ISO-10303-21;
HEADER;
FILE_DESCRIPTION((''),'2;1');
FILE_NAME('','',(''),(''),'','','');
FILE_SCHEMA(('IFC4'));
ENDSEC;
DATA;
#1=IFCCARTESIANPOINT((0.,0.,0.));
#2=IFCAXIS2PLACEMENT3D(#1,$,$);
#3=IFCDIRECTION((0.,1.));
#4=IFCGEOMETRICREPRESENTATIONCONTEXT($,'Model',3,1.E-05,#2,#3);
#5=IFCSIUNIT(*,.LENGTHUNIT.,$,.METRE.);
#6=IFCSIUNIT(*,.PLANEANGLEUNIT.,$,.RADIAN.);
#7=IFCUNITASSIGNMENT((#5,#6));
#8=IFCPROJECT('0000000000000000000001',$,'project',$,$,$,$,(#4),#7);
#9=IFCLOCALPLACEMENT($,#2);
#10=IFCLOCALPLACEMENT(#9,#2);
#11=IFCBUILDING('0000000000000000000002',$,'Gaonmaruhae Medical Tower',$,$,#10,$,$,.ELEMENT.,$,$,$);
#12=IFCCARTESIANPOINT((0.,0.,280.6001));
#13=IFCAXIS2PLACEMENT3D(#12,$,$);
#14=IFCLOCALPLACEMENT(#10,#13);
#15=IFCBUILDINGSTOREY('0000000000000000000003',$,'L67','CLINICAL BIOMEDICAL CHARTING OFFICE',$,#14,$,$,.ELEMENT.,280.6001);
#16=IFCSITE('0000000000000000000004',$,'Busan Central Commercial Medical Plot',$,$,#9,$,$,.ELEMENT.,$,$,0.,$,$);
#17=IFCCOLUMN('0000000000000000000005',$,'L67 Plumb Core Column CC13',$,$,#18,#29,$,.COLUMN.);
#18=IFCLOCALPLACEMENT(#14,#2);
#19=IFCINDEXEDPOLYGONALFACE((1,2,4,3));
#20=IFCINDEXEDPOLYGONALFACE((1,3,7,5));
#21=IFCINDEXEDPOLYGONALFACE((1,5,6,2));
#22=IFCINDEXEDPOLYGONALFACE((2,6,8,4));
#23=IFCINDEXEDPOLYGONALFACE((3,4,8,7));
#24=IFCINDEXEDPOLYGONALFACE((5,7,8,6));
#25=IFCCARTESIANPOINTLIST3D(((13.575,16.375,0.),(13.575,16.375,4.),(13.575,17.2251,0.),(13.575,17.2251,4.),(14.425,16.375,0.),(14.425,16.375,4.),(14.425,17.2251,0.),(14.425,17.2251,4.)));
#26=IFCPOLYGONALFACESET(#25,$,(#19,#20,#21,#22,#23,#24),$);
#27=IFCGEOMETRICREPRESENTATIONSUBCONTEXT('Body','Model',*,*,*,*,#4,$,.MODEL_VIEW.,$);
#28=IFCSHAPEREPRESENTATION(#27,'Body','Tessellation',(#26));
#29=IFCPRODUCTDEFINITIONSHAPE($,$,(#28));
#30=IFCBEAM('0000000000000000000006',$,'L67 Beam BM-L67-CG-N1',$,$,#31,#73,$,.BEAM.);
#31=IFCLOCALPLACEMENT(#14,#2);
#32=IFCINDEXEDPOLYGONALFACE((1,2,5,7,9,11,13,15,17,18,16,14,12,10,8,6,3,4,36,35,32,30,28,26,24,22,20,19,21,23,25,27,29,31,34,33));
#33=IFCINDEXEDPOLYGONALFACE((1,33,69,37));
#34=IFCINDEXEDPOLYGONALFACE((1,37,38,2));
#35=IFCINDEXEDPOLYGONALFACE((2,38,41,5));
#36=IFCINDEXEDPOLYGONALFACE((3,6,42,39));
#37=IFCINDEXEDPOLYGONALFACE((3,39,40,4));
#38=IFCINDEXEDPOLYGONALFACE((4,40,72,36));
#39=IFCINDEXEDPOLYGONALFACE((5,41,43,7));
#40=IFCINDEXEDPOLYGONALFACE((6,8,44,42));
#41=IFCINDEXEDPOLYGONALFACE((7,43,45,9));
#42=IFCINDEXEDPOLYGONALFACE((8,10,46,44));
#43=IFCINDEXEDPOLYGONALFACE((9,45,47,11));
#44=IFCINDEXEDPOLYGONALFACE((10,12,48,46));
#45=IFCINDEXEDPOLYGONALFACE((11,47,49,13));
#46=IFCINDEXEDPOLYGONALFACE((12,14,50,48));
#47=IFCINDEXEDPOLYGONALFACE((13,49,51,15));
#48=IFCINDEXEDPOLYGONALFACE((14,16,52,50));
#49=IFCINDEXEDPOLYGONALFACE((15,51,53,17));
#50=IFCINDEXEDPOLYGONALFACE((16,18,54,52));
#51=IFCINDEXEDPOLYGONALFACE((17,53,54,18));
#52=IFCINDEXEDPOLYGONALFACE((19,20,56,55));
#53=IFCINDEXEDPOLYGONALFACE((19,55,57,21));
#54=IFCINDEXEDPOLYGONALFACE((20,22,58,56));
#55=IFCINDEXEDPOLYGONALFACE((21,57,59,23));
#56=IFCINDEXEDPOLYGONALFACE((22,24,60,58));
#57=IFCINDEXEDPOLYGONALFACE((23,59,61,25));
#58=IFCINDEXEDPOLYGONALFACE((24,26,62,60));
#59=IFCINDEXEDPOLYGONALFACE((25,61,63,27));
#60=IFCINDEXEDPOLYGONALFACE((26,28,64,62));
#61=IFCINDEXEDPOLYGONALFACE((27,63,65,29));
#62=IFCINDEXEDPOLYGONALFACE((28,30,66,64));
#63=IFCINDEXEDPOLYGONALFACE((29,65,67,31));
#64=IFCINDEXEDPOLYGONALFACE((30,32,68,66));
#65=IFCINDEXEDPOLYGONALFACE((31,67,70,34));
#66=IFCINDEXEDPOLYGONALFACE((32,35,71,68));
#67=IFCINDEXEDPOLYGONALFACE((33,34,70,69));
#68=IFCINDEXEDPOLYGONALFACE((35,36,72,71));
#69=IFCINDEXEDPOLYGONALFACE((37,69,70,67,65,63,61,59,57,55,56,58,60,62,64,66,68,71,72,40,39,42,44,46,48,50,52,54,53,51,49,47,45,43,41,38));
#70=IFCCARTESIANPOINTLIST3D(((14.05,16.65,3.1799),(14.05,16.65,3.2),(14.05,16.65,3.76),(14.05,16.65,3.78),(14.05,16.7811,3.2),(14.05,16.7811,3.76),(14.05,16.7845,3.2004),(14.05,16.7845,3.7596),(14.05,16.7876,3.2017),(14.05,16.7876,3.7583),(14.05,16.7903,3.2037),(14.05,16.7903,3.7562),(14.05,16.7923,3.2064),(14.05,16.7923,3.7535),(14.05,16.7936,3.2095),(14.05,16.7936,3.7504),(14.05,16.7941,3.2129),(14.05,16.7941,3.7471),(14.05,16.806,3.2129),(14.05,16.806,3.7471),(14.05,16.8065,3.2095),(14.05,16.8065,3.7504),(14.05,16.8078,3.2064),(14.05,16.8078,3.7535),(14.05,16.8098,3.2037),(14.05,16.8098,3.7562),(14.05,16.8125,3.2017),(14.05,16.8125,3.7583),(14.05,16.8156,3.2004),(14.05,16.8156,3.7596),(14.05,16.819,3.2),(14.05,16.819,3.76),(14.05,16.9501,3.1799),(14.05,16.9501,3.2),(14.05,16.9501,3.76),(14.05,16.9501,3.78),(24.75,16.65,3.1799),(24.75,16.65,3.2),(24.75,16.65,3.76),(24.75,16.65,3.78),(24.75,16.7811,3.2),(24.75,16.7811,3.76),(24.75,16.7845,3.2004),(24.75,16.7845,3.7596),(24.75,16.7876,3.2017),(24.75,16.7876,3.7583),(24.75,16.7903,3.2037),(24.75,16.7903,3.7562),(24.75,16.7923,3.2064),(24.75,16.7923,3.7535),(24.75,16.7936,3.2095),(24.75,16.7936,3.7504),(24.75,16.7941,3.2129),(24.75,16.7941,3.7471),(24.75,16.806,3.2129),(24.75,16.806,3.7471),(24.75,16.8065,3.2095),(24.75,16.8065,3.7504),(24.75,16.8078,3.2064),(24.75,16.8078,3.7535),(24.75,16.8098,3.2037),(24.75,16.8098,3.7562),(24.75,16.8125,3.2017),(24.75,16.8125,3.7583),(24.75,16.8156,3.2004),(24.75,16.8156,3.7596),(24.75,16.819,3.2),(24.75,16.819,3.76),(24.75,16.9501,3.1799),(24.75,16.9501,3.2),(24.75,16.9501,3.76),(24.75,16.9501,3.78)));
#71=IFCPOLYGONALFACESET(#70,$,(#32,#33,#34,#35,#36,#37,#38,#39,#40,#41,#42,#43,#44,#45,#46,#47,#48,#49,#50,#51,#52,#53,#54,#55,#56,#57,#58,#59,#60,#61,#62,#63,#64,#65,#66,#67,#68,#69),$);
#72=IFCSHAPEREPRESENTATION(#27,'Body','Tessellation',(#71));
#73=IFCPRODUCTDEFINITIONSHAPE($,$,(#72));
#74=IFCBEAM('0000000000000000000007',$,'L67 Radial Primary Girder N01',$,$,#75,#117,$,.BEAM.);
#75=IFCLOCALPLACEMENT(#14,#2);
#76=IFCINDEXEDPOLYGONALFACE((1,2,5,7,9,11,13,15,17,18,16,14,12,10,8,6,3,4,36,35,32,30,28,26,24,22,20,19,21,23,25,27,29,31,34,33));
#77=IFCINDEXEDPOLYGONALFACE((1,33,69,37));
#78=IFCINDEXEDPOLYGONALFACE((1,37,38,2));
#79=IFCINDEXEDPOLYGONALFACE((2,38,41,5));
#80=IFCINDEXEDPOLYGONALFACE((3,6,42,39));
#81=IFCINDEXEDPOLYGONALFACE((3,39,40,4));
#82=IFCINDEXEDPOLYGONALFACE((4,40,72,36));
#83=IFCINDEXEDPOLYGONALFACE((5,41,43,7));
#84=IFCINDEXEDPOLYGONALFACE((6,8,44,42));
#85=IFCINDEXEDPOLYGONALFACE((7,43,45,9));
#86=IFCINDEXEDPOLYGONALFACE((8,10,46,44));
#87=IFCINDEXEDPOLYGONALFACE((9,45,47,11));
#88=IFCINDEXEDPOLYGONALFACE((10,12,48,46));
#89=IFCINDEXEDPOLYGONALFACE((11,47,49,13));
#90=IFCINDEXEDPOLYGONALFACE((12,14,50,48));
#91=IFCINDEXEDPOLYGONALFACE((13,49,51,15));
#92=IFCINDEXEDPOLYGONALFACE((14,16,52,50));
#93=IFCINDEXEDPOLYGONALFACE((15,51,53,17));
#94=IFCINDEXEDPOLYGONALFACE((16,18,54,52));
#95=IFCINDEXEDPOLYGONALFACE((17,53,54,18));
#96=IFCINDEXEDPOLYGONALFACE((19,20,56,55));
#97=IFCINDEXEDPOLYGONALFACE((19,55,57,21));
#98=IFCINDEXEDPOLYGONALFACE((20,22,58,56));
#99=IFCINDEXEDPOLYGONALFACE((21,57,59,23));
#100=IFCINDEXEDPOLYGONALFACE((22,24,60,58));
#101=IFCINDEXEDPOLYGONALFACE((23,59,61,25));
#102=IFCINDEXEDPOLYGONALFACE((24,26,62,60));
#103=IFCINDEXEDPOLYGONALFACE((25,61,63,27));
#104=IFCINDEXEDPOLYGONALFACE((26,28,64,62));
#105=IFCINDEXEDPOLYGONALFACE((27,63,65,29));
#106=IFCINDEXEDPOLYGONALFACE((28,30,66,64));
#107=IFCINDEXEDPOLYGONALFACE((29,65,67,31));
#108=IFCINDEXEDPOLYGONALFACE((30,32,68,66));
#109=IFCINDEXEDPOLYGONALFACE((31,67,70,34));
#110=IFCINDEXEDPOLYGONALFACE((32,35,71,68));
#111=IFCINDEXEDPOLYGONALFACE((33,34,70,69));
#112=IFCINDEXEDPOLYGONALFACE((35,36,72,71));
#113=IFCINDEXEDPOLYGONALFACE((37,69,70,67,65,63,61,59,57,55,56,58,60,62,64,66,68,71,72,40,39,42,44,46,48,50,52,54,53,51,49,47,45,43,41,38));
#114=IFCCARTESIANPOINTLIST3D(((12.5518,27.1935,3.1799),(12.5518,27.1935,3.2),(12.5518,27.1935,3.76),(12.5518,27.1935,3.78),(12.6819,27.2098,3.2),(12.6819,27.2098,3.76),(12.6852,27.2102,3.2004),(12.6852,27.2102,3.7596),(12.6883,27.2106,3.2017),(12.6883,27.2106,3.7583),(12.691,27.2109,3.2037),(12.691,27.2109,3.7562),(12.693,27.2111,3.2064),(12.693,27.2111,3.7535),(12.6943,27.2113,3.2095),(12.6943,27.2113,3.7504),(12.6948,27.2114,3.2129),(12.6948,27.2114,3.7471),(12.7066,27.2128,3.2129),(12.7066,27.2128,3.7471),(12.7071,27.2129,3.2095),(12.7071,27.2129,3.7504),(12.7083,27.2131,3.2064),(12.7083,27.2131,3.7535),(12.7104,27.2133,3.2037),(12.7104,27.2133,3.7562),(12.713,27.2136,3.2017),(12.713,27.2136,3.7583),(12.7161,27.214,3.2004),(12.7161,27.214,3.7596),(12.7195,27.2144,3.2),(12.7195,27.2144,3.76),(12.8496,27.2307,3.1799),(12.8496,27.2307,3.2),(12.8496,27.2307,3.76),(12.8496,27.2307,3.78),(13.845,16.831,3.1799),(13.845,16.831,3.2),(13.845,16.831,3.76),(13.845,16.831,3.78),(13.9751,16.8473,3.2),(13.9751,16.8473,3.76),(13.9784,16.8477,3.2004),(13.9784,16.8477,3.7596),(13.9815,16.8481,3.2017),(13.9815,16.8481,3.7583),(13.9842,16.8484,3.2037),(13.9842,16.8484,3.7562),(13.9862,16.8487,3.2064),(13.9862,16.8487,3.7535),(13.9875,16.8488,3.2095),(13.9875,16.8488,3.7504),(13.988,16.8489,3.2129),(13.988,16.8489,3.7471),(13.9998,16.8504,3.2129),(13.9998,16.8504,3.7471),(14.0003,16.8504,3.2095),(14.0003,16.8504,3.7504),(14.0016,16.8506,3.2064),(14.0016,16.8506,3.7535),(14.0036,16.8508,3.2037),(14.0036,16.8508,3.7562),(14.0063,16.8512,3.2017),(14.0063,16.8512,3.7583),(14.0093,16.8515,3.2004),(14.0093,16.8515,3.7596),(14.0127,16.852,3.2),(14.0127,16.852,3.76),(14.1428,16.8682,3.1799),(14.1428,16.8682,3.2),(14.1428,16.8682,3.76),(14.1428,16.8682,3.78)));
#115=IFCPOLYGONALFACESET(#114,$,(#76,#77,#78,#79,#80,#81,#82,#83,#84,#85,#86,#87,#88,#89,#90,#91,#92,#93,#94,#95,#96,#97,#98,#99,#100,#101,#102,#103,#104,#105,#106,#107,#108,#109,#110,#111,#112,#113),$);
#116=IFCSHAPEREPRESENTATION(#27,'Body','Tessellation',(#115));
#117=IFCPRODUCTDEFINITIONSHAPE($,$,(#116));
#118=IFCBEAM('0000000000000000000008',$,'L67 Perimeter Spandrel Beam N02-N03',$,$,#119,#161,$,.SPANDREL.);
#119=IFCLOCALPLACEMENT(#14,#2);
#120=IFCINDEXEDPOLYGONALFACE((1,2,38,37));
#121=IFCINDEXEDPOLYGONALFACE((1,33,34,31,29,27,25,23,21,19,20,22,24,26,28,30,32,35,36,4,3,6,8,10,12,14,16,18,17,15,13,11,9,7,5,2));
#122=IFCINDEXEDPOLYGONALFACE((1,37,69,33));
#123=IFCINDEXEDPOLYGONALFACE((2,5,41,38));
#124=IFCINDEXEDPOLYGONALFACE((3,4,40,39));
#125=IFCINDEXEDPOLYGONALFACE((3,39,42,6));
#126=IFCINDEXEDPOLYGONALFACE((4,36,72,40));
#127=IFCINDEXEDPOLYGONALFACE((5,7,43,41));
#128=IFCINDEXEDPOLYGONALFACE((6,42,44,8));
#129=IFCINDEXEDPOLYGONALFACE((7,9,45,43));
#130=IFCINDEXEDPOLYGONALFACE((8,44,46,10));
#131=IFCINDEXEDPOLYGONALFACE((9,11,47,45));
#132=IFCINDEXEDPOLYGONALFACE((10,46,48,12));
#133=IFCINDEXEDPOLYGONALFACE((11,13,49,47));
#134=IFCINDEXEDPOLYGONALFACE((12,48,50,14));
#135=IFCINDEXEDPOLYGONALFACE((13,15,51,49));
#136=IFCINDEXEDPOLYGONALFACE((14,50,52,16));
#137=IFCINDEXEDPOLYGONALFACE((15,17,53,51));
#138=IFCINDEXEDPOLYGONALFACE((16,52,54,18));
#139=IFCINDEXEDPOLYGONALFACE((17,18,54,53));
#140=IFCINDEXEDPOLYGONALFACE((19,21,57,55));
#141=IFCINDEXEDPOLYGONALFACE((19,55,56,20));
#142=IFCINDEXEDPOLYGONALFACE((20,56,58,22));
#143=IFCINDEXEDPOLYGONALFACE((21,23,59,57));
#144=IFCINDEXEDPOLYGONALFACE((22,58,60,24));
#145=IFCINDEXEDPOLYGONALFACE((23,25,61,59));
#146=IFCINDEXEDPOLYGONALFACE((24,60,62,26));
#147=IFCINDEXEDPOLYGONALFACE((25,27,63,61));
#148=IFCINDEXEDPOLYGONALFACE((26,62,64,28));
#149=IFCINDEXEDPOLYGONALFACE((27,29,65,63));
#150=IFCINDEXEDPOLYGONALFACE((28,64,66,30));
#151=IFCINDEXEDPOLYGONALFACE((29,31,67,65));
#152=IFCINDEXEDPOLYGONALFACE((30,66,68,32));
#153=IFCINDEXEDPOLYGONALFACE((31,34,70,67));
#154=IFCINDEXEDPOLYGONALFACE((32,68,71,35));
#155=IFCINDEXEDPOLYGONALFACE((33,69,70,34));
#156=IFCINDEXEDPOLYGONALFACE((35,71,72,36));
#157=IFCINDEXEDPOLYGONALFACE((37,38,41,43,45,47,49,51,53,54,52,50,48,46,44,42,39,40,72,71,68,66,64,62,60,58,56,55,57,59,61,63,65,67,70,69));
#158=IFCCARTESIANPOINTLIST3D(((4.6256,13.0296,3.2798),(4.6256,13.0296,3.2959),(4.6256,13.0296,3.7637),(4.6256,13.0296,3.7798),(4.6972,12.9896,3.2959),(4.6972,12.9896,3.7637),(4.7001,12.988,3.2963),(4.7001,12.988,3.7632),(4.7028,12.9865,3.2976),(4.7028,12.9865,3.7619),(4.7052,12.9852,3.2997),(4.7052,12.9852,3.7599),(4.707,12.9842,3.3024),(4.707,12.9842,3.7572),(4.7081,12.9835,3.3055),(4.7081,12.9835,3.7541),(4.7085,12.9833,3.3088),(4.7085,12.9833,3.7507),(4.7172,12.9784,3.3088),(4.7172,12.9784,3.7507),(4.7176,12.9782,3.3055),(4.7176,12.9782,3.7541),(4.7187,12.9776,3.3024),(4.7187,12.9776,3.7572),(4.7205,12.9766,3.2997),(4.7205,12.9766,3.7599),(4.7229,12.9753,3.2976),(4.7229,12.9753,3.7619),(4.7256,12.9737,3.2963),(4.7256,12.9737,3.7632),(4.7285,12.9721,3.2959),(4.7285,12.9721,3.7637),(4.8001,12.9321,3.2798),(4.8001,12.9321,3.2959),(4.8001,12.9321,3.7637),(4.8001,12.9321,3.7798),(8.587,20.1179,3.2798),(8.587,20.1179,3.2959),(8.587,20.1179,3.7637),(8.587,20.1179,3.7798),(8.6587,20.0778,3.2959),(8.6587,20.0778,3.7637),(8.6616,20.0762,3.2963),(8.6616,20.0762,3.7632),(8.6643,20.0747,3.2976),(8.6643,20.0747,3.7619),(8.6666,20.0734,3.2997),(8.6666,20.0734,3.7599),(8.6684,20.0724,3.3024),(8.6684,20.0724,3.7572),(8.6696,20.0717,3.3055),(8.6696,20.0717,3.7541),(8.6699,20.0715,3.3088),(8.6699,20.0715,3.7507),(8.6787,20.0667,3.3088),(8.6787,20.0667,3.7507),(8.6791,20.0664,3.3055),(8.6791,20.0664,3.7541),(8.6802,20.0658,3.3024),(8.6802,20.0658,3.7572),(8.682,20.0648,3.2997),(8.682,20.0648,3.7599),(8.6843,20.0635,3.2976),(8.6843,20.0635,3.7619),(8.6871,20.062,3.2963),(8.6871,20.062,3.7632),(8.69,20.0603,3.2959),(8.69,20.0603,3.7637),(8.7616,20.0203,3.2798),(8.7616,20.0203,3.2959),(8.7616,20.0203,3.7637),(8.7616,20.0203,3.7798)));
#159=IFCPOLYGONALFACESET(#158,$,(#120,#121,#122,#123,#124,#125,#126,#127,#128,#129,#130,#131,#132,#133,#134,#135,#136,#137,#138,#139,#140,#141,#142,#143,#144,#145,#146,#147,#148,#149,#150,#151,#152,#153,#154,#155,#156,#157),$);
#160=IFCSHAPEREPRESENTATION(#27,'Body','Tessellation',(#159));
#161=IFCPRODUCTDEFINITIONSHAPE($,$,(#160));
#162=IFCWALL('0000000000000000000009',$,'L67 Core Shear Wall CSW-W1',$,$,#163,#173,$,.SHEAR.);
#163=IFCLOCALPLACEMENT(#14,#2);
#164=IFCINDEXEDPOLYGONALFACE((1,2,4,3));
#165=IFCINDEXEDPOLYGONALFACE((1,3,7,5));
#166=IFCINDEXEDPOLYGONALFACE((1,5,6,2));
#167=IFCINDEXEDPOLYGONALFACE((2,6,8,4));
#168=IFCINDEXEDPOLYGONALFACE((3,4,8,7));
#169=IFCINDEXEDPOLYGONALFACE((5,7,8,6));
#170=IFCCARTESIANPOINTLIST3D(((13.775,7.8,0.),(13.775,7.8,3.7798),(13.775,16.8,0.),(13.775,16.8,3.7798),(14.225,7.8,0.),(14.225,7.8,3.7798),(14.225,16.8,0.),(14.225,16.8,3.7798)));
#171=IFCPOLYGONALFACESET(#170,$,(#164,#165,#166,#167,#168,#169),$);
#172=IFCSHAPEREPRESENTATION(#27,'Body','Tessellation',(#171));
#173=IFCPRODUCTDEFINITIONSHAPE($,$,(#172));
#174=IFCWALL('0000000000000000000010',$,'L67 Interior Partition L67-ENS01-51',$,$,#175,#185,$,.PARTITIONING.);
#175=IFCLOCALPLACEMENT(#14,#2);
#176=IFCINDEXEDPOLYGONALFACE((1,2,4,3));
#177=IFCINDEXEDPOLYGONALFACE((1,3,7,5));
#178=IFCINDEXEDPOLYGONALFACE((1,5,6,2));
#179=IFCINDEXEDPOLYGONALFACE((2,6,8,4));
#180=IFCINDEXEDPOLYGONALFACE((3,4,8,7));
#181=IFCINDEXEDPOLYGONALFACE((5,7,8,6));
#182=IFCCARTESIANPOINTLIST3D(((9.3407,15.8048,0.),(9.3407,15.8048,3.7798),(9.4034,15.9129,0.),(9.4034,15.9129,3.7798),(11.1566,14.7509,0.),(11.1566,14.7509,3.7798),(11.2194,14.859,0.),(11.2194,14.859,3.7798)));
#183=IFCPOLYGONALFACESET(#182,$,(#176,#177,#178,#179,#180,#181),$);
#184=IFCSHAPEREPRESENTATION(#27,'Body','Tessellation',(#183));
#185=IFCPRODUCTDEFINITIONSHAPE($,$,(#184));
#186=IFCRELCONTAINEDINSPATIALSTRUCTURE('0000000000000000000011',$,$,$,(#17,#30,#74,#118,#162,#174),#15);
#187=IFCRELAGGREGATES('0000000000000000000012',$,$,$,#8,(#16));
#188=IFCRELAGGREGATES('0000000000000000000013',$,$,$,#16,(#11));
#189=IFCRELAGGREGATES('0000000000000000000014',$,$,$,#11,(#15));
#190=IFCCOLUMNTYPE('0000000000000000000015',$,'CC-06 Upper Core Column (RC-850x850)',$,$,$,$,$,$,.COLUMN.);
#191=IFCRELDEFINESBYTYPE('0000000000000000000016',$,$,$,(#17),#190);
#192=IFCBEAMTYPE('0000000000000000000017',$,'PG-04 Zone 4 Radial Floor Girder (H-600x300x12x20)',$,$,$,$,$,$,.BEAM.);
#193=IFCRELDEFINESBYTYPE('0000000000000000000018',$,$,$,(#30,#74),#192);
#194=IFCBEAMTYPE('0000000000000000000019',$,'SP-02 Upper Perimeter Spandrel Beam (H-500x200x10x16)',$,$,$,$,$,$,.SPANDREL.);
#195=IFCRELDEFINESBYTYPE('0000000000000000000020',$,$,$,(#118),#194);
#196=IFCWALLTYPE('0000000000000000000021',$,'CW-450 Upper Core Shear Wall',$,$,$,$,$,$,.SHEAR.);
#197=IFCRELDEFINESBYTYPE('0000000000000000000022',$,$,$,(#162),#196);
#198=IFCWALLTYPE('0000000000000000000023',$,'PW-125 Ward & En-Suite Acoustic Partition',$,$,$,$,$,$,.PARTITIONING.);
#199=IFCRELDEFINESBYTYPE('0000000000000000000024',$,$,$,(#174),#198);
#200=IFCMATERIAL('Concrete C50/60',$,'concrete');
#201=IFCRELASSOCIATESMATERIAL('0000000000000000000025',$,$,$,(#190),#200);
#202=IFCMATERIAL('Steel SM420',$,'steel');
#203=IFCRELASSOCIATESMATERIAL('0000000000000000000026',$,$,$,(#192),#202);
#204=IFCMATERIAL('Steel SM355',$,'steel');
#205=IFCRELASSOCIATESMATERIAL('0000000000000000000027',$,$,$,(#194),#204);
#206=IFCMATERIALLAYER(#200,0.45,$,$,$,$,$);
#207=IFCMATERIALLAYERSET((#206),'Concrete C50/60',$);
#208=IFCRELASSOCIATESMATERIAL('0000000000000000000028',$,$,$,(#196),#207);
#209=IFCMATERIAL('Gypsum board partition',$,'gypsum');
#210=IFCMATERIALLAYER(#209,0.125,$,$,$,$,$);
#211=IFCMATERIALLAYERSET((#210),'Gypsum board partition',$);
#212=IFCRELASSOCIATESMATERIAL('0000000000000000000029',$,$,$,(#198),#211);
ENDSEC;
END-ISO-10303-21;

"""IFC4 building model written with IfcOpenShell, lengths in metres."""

from ifc_helpers import new_model, si_unit, direction, frame, frame_2d, origin, origin_2d, place, context, subcontext, project, spatial, rectangle, i_section, extrude, material, layer, layer_set, material_profile, profile_set, type_object, element, save


model = new_model("IFC4")

# Units and contexts
model_context = context("Model", 3, precision=1e-05, world=origin(), true_north=direction((0.0, 1.0)))
body_context = subcontext(model_context, "Body", "Model", "MODEL_VIEW")
ifc_project = project(units=[si_unit("LENGTHUNIT", "METRE"), si_unit("PLANEANGLEUNIT", "RADIAN")], contexts=[model_context])

# Site, building, storey
site_placement = place(None, origin())
site = spatial("IfcSite", under=ifc_project, at=site_placement, Name="Busan Central Commercial Medical Plot", CompositionType="ELEMENT", RefElevation=0.0)
building_placement = place(site_placement, origin())
building = spatial("IfcBuilding", under=site, at=building_placement, Name="Gaonmaruhae Medical Tower", CompositionType="ELEMENT")
storey_placement = place(building_placement, frame((0.0, 0.0, 280.6001)))
storey = spatial("IfcBuildingStorey", under=building, at=storey_placement, Name="L67", Description="CLINICAL BIOMEDICAL CHARTING OFFICE", CompositionType="ELEMENT", Elevation=280.6001)

# Column
ifc_material_1 = material(Name="Concrete C50/60", Category="concrete")
ifc_material_profile_1 = material_profile(ifc_material_1, rectangle(XDim=0.8501, YDim=0.8501, at=origin_2d()), Name="RC-850x850")
ifc_profile_set_1 = profile_set([ifc_material_profile_1], Name="Concrete C50/60")
column_type = type_object("IfcColumnType", Name="CC-06 Upper Core Column (RC-850x850)", PredefinedType="COLUMN", material=ifc_profile_set_1)
column_placement = place(storey_placement, frame((14.0, 16.8, 0.0), z_axis=(0.0, 0.0, 1.0), x_axis=(1.0, 0.0, 0.0)))
element("IfcColumn", 1, at=column_placement, inside=storey, type_object=column_type, Name="L67 Plumb Core Column CC13", PredefinedType="COLUMN", context=body_context, shape_type="SweptSolid", body=[
    extrude(rectangle(XDim=0.8501, YDim=0.8501, at=origin_2d()), origin(), (0.0, 0.0, 1.0), 4.0),
])

# Beams
ifc_material_2 = material(Name="Steel SM420", Category="steel")
ifc_material_profile_2 = material_profile(ifc_material_2, i_section(OverallWidth=0.3, OverallDepth=0.6001, WebThickness=0.012, FlangeThickness=0.02, FilletRadius=0.0129, at=origin_2d()), Name="H-600x300x12x20")
ifc_profile_set_2 = profile_set([ifc_material_profile_2], Name="Steel SM420")
beam_type_1 = type_object("IfcBeamType", Name="PG-04 Zone 4 Radial Floor Girder (H-600x300x12x20)", PredefinedType="BEAM", material=ifc_profile_set_2)
beam_1_placement = place(storey_placement, frame((14.05, 16.8, 3.48), z_axis=(1.0, 0.0, 0.0), x_axis=(0.0, 1.0, 0.0)))
element("IfcBeam", 2, at=beam_1_placement, inside=storey, type_object=beam_type_1, Name="L67 Beam BM-L67-CG-N1", PredefinedType="BEAM", context=body_context, shape_type="SweptSolid", body=[
    extrude(i_section(OverallWidth=0.3, OverallDepth=0.6001, WebThickness=0.012, FlangeThickness=0.02, FilletRadius=0.0129, at=origin_2d()), origin(), (0.0, 0.0, 1.0), 10.7),
])
beam_2_placement = place(storey_placement, frame((13.9939, 16.8496, 3.48), z_axis=(-0.123836, 0.992303, 0.0), x_axis=(-0.992303, -0.123836, 0.0)))
element("IfcBeam", 3, at=beam_2_placement, inside=storey, type_object=beam_type_1, Name="L67 Radial Primary Girder N01", PredefinedType="BEAM", context=body_context, shape_type="SweptSolid", body=[
    extrude(i_section(OverallWidth=0.3, OverallDepth=0.6001, WebThickness=0.012, FlangeThickness=0.02, FilletRadius=0.0129, at=origin_2d()), origin(), (0.0, 0.0, 1.0), 10.4429),
])
ifc_material_3 = material(Name="Steel SM355", Category="steel")
ifc_material_profile_3 = material_profile(ifc_material_3, i_section(OverallWidth=0.2, OverallDepth=0.5, WebThickness=0.01, FlangeThickness=0.0161, FilletRadius=0.0129, at=origin_2d()), Name="H-500x200x10x16")
ifc_profile_set_3 = profile_set([ifc_material_profile_3], Name="Steel SM355")
beam_type_2 = type_object("IfcBeamType", Name="SP-02 Upper Perimeter Spandrel Beam (H-500x200x10x16)", PredefinedType="SPANDREL", material=ifc_profile_set_3)
beam_3_placement = place(storey_placement, frame((8.6743, 20.0691, 3.5298), z_axis=(-0.48786, -0.872922, 0.0), x_axis=(0.872922, -0.48786, 0.0)))
element("IfcBeam", 4, at=beam_3_placement, inside=storey, type_object=beam_type_2, Name="L67 Perimeter Spandrel Beam N02-N03", PredefinedType="SPANDREL", context=body_context, shape_type="SweptSolid", body=[
    extrude(i_section(OverallWidth=0.2, OverallDepth=0.5, WebThickness=0.01, FlangeThickness=0.0161, FilletRadius=0.0129, at=origin_2d()), origin(), (0.0, 0.0, 1.0), 8.1201),
])

# Walls
ifc_layer_1 = layer(ifc_material_1, 0.45)
ifc_layer_set_1 = layer_set([ifc_layer_1], Name="Concrete C50/60")
wall_type_1 = type_object("IfcWallType", Name="CW-450 Upper Core Shear Wall", PredefinedType="SHEAR", material=ifc_layer_set_1)
wall_1_placement = place(storey_placement, frame((14.0, 16.8, 0.0), z_axis=(0.0, 0.0, 1.0), x_axis=(0.0, -1.0, 0.0)))
element("IfcWall", 5, at=wall_1_placement, inside=storey, type_object=wall_type_1, Name="L67 Core Shear Wall CSW-W1", PredefinedType="SHEAR", context=body_context, shape_type="SweptSolid", body=[
    extrude(rectangle(XDim=9.0, YDim=0.45, at=frame_2d((4.5, 0.0))), origin(), (0.0, 0.0, 1.0), 3.7798),
])
ifc_material_4 = material(Name="Gypsum board partition", Category="gypsum")
ifc_layer_2 = layer(ifc_material_4, 0.125)
ifc_layer_set_2 = layer_set([ifc_layer_2], Name="Gypsum board partition")
wall_type_2 = type_object("IfcWallType", Name="PW-125 Ward & En-Suite Acoustic Partition", PredefinedType="PARTITIONING", material=ifc_layer_set_2)
wall_2_placement = place(storey_placement, frame((9.3721, 15.8589, 0.0), z_axis=(0.0, 0.0, 1.0), x_axis=(0.864882, -0.501976, 0.0)))
element("IfcWall", 6, at=wall_2_placement, inside=storey, type_object=wall_type_2, Name="L67 Interior Partition L67-ENS01-51", PredefinedType="PARTITIONING", context=body_context, shape_type="SweptSolid", body=[
    extrude(rectangle(XDim=2.0996, YDim=0.125, at=frame_2d((1.0498, 0.0))), origin(), (0.0, 0.0, 1.0), 3.7798),
])

save(model, "model.ifc")
